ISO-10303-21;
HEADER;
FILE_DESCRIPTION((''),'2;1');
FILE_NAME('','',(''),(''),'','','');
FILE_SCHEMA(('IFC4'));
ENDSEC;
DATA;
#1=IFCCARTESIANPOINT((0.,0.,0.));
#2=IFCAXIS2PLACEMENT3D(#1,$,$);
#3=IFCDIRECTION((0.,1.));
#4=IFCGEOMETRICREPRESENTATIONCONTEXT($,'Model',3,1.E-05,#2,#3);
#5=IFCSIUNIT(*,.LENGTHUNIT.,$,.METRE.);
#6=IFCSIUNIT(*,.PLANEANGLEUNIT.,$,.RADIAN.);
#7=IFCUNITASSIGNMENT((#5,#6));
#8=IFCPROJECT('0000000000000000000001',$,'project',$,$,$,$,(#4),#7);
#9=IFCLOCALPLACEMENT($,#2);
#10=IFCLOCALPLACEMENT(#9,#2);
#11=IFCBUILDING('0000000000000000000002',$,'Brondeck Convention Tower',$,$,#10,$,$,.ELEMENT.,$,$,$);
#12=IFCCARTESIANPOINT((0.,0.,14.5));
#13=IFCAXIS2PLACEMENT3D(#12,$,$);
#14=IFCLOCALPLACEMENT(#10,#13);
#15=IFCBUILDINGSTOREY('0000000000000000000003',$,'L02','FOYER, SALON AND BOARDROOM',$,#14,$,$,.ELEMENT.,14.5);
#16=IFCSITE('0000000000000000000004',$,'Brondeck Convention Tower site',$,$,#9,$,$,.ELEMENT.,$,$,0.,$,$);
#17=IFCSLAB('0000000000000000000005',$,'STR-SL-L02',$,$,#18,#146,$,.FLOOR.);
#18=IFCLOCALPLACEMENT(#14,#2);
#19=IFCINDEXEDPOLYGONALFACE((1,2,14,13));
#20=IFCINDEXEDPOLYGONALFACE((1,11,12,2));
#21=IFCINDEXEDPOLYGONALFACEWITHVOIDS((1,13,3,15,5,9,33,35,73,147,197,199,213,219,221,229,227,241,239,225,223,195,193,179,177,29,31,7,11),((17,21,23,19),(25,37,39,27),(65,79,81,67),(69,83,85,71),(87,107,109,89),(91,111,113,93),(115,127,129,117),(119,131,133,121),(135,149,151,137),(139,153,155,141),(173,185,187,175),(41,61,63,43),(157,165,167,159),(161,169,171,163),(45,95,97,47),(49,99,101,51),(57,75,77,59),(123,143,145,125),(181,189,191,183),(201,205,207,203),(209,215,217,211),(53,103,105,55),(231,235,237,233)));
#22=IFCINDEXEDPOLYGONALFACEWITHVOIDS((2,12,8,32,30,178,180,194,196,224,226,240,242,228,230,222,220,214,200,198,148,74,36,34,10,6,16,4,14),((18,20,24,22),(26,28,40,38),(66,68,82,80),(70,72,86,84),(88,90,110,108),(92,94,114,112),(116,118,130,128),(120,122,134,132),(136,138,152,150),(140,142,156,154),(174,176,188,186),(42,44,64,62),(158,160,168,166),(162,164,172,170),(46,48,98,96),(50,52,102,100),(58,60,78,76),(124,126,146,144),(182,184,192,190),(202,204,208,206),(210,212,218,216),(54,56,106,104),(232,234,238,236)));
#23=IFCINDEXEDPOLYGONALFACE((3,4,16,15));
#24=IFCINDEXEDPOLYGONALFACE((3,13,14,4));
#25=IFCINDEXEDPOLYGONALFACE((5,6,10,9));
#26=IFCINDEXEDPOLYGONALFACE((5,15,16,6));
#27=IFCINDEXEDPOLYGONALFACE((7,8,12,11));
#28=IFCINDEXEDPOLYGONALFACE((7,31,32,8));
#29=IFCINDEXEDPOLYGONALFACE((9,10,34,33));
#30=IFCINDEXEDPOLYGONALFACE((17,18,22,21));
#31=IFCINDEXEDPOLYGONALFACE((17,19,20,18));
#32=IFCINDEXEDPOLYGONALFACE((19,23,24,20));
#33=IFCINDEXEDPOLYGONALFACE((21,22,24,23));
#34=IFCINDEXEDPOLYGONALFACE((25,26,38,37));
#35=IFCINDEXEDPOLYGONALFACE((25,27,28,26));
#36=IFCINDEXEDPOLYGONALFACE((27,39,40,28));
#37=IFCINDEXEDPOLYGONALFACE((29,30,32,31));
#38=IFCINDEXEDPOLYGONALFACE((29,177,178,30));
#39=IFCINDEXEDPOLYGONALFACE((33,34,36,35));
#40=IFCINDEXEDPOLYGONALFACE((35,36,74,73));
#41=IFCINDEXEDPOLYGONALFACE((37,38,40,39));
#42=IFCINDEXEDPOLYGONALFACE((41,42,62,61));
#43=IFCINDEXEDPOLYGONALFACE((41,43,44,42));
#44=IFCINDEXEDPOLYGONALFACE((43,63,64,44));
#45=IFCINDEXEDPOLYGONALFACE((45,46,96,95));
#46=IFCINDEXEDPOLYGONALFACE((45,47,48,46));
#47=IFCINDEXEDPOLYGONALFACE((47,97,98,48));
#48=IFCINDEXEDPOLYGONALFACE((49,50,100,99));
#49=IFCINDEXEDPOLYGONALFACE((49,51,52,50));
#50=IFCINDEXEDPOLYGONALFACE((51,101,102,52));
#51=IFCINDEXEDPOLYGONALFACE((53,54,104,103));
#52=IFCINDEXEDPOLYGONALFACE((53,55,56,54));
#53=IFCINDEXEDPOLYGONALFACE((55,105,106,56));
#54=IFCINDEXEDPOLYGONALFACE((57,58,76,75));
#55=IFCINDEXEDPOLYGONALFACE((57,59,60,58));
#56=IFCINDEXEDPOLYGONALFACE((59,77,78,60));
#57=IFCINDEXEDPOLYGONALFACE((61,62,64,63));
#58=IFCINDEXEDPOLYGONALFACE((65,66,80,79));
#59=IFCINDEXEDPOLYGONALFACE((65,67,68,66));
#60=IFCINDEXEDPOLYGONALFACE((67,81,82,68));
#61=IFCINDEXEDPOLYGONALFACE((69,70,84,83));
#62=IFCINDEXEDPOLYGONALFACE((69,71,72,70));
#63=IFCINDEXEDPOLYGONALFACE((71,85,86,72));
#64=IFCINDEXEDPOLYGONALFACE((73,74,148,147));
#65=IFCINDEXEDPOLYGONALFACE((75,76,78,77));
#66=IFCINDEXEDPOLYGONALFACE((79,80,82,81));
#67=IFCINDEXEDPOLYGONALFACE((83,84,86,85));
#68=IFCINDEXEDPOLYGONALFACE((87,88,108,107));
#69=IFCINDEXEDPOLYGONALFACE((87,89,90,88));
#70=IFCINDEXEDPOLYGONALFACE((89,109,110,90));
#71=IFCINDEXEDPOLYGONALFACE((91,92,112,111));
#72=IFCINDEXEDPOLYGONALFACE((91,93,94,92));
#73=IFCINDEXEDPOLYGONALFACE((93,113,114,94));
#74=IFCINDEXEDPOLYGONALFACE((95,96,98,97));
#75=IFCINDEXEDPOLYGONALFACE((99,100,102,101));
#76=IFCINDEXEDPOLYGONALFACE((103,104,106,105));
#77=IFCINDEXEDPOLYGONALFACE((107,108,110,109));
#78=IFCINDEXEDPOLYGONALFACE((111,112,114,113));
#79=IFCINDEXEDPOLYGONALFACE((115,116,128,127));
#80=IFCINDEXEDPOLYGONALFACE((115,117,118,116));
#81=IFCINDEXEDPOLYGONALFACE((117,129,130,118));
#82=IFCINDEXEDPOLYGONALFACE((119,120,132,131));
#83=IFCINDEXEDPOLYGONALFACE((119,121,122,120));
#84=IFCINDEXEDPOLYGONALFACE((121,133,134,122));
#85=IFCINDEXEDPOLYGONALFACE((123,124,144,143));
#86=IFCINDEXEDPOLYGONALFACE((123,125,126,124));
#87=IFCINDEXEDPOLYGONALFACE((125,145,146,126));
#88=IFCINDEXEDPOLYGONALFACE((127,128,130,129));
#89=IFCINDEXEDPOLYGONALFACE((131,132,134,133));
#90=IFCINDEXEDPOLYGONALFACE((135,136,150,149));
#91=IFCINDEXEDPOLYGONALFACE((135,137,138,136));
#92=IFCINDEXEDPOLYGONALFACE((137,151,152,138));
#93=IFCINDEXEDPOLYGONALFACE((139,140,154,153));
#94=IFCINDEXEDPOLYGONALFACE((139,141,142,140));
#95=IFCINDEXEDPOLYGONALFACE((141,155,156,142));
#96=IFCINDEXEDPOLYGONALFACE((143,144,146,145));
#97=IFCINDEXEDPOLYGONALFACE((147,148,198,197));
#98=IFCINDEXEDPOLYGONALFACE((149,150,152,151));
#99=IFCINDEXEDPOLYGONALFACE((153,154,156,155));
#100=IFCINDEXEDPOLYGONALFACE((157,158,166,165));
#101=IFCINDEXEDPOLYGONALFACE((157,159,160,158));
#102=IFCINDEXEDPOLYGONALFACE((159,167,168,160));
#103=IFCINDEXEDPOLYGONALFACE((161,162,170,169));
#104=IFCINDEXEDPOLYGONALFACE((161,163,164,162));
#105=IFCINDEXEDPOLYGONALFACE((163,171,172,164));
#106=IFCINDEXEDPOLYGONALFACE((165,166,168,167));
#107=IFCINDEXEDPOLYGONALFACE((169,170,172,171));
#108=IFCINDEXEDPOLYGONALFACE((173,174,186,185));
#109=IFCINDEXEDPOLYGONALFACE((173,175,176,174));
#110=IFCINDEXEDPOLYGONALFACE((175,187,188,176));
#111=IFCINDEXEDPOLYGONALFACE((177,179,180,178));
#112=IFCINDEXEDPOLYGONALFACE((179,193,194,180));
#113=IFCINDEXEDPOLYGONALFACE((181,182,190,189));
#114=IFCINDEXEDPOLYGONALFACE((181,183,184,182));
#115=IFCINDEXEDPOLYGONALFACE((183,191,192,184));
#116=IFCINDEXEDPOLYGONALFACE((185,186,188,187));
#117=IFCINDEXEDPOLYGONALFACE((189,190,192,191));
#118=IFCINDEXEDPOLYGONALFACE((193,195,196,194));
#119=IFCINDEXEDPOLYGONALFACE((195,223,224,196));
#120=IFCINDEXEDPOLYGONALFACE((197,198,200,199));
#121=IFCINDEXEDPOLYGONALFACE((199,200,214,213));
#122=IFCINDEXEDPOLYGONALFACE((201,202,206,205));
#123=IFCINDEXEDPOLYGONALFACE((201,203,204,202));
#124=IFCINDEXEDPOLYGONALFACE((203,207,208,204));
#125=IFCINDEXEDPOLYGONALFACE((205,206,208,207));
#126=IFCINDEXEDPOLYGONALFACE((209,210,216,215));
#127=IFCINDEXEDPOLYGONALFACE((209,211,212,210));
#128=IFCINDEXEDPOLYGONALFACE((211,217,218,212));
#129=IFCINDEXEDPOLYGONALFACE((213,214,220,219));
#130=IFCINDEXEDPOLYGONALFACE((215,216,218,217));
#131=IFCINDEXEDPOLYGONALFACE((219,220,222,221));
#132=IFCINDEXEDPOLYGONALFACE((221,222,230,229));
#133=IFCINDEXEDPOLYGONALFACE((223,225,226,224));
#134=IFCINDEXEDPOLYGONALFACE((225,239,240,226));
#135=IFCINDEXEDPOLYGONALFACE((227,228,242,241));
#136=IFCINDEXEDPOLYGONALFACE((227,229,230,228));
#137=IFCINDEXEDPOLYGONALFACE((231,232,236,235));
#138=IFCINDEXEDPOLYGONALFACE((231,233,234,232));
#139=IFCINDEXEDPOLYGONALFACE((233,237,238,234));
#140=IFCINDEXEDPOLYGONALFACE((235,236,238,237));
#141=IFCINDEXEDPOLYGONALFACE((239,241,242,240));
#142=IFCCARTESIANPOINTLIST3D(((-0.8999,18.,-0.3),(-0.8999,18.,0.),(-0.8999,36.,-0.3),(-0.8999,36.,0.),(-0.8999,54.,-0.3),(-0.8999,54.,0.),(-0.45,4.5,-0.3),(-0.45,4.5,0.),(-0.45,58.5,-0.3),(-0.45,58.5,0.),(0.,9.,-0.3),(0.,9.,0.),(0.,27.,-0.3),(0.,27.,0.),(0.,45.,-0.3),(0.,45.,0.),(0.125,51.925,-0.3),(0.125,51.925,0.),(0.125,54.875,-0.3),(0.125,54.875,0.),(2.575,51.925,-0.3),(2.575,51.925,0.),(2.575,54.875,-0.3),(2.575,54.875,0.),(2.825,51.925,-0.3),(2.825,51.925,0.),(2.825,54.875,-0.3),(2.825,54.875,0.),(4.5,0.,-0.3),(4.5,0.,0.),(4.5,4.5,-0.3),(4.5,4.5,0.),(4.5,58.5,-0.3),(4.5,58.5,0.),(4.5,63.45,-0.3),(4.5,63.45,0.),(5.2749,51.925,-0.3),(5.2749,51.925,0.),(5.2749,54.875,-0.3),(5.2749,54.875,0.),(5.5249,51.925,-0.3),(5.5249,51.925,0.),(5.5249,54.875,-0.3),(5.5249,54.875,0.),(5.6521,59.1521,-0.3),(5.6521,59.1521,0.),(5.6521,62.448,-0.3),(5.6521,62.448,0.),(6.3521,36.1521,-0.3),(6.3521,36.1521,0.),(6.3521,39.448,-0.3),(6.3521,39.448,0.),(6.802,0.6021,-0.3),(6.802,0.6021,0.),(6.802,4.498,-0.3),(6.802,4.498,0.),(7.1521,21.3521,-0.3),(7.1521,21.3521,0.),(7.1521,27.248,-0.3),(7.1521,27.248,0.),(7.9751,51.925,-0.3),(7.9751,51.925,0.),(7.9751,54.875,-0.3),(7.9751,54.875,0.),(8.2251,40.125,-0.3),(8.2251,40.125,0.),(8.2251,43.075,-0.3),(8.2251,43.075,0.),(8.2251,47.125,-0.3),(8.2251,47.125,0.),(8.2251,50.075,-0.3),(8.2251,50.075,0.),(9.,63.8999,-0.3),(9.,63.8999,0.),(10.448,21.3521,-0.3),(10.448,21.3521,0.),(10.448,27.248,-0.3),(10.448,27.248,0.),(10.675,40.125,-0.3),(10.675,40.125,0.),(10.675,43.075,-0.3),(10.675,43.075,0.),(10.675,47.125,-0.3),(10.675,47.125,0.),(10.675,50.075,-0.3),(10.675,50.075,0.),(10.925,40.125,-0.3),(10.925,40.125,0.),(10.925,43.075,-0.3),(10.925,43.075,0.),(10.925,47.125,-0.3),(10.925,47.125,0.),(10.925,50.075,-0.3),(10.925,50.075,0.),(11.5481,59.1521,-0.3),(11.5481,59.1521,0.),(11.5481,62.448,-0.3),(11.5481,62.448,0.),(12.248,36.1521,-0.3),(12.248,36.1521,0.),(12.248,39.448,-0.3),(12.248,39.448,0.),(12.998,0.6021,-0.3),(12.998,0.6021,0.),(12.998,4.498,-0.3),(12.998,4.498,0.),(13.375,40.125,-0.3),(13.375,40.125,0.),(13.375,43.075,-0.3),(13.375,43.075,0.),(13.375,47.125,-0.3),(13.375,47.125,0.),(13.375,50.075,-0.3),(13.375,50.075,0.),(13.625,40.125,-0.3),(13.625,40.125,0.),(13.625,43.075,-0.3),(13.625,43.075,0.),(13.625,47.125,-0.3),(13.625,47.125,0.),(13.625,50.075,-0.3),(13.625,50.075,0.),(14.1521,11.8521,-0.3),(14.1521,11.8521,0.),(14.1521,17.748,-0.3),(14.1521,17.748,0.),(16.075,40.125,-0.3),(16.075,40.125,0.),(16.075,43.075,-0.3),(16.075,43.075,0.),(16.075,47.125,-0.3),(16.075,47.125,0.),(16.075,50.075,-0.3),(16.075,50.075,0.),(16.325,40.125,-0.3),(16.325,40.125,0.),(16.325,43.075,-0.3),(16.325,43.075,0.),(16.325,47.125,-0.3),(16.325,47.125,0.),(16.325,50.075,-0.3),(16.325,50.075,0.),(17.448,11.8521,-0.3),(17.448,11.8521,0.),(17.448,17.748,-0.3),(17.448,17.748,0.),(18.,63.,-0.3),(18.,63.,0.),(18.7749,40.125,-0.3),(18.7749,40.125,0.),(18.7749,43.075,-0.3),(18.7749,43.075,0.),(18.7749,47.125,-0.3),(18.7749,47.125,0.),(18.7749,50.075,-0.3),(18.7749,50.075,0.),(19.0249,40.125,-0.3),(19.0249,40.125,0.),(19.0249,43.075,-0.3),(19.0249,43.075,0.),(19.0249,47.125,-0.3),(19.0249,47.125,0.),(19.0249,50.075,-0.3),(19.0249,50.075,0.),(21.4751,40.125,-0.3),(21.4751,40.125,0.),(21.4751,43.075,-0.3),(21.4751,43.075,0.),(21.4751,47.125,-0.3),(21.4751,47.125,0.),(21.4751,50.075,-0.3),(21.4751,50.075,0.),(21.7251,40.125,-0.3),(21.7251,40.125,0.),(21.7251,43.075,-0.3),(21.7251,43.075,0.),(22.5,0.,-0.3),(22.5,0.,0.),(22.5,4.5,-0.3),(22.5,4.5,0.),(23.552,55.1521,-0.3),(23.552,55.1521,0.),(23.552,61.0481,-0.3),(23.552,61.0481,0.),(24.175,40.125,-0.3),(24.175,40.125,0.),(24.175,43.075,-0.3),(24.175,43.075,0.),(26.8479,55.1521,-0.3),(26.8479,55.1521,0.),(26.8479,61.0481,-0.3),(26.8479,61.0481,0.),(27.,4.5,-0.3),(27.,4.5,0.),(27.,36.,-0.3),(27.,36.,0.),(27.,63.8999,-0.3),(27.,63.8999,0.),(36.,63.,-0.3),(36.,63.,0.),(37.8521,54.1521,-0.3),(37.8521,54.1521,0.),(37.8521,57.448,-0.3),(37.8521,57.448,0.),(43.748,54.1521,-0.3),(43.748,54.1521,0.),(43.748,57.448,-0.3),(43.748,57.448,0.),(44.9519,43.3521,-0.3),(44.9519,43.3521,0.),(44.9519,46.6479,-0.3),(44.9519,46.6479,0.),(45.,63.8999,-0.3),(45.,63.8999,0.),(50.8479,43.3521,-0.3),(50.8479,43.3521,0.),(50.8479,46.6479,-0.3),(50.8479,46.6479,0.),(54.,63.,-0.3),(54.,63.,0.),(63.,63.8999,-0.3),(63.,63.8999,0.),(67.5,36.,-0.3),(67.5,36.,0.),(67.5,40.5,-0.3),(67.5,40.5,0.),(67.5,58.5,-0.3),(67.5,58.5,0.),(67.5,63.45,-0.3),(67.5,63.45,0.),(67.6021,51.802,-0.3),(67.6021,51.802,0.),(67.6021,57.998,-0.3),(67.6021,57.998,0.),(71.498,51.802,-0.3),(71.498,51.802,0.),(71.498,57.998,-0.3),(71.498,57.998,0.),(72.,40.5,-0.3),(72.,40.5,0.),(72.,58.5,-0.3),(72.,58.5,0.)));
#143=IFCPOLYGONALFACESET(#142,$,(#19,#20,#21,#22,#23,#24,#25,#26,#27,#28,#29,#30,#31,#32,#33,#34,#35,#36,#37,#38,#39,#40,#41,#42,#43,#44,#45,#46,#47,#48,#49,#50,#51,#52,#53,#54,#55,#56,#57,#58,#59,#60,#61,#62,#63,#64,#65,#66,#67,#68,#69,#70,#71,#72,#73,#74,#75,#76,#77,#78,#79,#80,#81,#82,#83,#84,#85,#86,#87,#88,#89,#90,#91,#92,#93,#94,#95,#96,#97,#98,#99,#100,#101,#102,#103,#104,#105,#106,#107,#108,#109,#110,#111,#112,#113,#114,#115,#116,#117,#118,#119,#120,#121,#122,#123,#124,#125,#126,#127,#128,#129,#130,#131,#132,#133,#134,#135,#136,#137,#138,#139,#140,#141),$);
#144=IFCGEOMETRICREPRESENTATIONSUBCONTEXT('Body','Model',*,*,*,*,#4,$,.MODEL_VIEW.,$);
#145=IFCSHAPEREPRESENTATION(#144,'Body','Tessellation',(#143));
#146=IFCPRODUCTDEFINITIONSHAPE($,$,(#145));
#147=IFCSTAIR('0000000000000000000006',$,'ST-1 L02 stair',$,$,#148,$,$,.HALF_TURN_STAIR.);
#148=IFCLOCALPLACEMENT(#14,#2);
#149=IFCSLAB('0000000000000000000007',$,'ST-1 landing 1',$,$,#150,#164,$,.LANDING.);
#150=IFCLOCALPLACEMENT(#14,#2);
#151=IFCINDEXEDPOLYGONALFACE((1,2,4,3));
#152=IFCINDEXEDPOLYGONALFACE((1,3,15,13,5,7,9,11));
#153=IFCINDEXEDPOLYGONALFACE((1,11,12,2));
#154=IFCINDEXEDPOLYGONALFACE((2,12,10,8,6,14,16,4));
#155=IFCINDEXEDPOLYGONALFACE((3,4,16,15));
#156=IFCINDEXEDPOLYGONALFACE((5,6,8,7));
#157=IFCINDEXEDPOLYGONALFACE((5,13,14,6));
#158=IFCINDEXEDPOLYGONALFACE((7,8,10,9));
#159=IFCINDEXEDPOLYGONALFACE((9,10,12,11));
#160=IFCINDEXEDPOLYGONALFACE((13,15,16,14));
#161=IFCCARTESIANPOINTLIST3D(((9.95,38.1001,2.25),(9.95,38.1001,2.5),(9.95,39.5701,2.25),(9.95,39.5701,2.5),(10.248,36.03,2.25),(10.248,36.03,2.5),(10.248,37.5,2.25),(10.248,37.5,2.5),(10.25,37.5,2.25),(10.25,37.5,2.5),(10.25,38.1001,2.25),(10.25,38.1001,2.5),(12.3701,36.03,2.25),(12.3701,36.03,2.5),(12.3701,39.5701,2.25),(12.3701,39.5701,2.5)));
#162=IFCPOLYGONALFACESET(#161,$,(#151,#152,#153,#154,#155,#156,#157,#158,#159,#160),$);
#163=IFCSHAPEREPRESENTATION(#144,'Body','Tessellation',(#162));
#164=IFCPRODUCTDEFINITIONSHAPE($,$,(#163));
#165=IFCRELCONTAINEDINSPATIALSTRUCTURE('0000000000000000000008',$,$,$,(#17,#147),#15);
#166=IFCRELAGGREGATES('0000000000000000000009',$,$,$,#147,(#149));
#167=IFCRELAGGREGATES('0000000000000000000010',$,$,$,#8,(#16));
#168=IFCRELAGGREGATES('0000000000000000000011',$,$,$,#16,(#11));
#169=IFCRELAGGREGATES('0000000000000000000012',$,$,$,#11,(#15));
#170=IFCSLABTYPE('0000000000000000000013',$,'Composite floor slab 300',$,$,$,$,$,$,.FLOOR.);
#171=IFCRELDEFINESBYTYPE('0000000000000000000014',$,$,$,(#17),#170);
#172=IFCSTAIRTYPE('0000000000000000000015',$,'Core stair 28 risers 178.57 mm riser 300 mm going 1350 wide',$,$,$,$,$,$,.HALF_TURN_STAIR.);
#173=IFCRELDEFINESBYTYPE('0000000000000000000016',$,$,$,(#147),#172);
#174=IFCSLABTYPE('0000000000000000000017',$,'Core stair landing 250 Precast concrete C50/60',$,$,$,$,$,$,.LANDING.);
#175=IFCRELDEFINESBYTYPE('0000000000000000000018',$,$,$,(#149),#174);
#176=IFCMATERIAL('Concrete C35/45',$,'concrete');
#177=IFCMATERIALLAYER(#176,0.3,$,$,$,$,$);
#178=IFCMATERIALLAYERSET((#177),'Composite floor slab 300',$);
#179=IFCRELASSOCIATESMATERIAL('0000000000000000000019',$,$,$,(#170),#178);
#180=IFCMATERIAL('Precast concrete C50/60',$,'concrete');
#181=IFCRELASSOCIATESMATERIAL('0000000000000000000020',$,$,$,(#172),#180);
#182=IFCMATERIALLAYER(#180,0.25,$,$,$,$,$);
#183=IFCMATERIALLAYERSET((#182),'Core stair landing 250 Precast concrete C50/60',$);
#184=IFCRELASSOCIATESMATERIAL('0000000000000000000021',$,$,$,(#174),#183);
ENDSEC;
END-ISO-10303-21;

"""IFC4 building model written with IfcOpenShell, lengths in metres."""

from ifc_helpers import new_model, si_unit, direction, frame, origin, place, context, subcontext, project, spatial, polyline, outline, extrude, material, layer, layer_set, type_object, element, aggregate, save


model = new_model("IFC4")

# Units and contexts
model_context = context("Model", 3, precision=1e-05, world=origin(), true_north=direction((0.0, 1.0)))
body_context = subcontext(model_context, "Body", "Model", "MODEL_VIEW")
ifc_project = project(units=[si_unit("LENGTHUNIT", "METRE"), si_unit("PLANEANGLEUNIT", "RADIAN")], contexts=[model_context])

# Site, building, storey
site_placement = place(None, origin())
site = spatial("IfcSite", under=ifc_project, at=site_placement, Name="Brondeck Convention Tower site", CompositionType="ELEMENT", RefElevation=0.0)
building_placement = place(site_placement, origin())
building = spatial("IfcBuilding", under=site, at=building_placement, Name="Brondeck Convention Tower", CompositionType="ELEMENT")
storey_placement = place(building_placement, frame((0.0, 0.0, 14.5)))
storey = spatial("IfcBuildingStorey", under=building, at=storey_placement, Name="L02", Description="FOYER, SALON AND BOARDROOM", CompositionType="ELEMENT", Elevation=14.5)

# Slab
ifc_material_1 = material(Name="Concrete C35/45", Category="concrete")
ifc_layer_1 = layer(ifc_material_1, 0.3)
ifc_layer_set_1 = layer_set([ifc_layer_1], Name="Composite floor slab 300")
slab_type_1 = type_object("IfcSlabType", Name="Composite floor slab 300", PredefinedType="FLOOR", material=ifc_layer_set_1)
slab_1_placement = place(storey_placement, frame((0.0, 0.0, -0.3)))
element("IfcSlab", 1, at=slab_1_placement, inside=storey, type_object=slab_type_1, Name="STR-SL-L02", PredefinedType="FLOOR", context=body_context, shape_type="SweptSolid", body=[
    extrude(outline(polyline([(4.5, 4.5), (-0.45, 4.5), (0.0, 9.0), (-0.8999, 18.0), (0.0, 27.0), (-0.8999, 36.0), (0.0, 45.0), (-0.8999, 54.0), (-0.45, 58.5), (4.5, 58.5), (4.5, 63.45), (9.0, 63.8999), (18.0, 63.0), (27.0, 63.8999), (36.0, 63.0), (45.0, 63.8999), (54.0, 63.0), (63.0, 63.8999), (67.5, 63.45), (67.5, 58.5), (72.0, 58.5), (72.0, 40.5), (67.5, 40.5), (67.5, 36.0), (27.0, 36.0), (27.0, 4.5), (22.5, 4.5), (22.5, 0.0), (4.5, 0.0), (4.5, 4.5)]), holes=[polyline([(12.998, 0.6021), (12.998, 4.498), (6.802, 4.498), (6.802, 0.6021), (12.998, 0.6021)]), polyline([(10.448, 27.248), (7.1521, 27.248), (7.1521, 21.3521), (10.448, 21.3521), (10.448, 27.248)]), polyline([(12.248, 36.1521), (12.248, 39.448), (6.3521, 39.448), (6.3521, 36.1521), (12.248, 36.1521)]), polyline([(8.2251, 40.125), (10.675, 40.125), (10.675, 43.075), (8.2251, 43.075), (8.2251, 40.125)]), polyline([(10.925, 40.125), (13.375, 40.125), (13.375, 43.075), (10.925, 43.075), (10.925, 40.125)]), polyline([(10.675, 47.125), (10.675, 50.075), (8.2251, 50.075), (8.2251, 47.125), (10.675, 47.125)]), polyline([(10.925, 47.125), (13.375, 47.125), (13.375, 50.075), (10.925, 50.075), (10.925, 47.125)]), polyline([(13.625, 47.125), (16.075, 47.125), (16.075, 50.075), (13.625, 50.075), (13.625, 47.125)]), polyline([(2.575, 51.925), (2.575, 54.875), (0.125, 54.875), (0.125, 51.925), (2.575, 51.925)]), polyline([(2.825, 51.925), (5.2749, 51.925), (5.2749, 54.875), (2.825, 54.875), (2.825, 51.925)]), polyline([(5.5249, 51.925), (7.9751, 51.925), (7.9751, 54.875), (5.5249, 54.875), (5.5249, 51.925)]), polyline([(5.6521, 62.448), (5.6521, 59.1521), (11.5481, 59.1521), (11.5481, 62.448), (5.6521, 62.448)]), polyline([(17.448, 11.8521), (17.448, 17.748), (14.1521, 17.748), (14.1521, 11.8521), (17.448, 11.8521)]), polyline([(13.625, 40.125), (16.075, 40.125), (16.075, 43.075), (13.625, 43.075), (13.625, 40.125)]), polyline([(18.7749, 40.125), (18.7749, 43.075), (16.325, 43.075), (16.325, 40.125), (18.7749, 40.125)]), polyline([(19.0249, 40.125), (21.4751, 40.125), (21.4751, 43.075), (19.0249, 43.075), (19.0249, 40.125)]), polyline([(21.7251, 40.125), (24.175, 40.125), (24.175, 43.075), (21.7251, 43.075), (21.7251, 40.125)]), polyline([(50.8479, 43.3521), (50.8479, 46.6479), (44.9519, 46.6479), (44.9519, 43.3521), (50.8479, 43.3521)]), polyline([(16.325, 47.125), (18.7749, 47.125), (18.7749, 50.075), (16.325, 50.075), (16.325, 47.125)]), polyline([(19.0249, 47.125), (21.4751, 47.125), (21.4751, 50.075), (19.0249, 50.075), (19.0249, 47.125)]), polyline([(71.498, 57.998), (67.6021, 57.998), (67.6021, 51.802), (71.498, 51.802), (71.498, 57.998)]), polyline([(37.8521, 54.1521), (43.748, 54.1521), (43.748, 57.448), (37.8521, 57.448), (37.8521, 54.1521)]), polyline([(23.552, 61.0481), (23.552, 55.1521), (26.8479, 55.1521), (26.8479, 61.0481), (23.552, 61.0481)])]), origin(), (0.0, 0.0, 1.0), 0.3),
])

# Stair, slab
ifc_material_2 = material(Name="Precast concrete C50/60", Category="concrete")
stair_type_1 = type_object("IfcStairType", Name="Core stair 28 risers 178.57 mm riser 300 mm going 1350 wide", PredefinedType="HALF_TURN_STAIR", material=ifc_material_2)
stair_1_placement = place(storey_placement, origin())
stair_1 = element("IfcStair", 2, at=stair_1_placement, inside=storey, type_object=stair_type_1, Name="ST-1 L02 stair", PredefinedType="HALF_TURN_STAIR")
ifc_layer_2 = layer(ifc_material_2, 0.25)
ifc_layer_set_2 = layer_set([ifc_layer_2], Name="Core stair landing 250 Precast concrete C50/60")
slab_type_2 = type_object("IfcSlabType", Name="Core stair landing 250 Precast concrete C50/60", PredefinedType="LANDING", material=ifc_layer_set_2)
slab_2_placement = place(storey_placement, frame((0.0, 0.0, 2.25)))
slab_2 = element("IfcSlab", 3, at=slab_2_placement, type_object=slab_type_2, Name="ST-1 landing 1", PredefinedType="LANDING", context=body_context, shape_type="SweptSolid", body=[
    extrude(outline(polyline([(10.248, 37.5), (10.25, 37.5), (10.25, 38.1001), (9.95, 38.1001), (9.95, 39.5701), (12.3701, 39.5701), (12.3701, 36.03), (10.248, 36.03), (10.248, 37.5)])), origin(), (0.0, 0.0, 1.0), 0.25),
])
aggregate(stair_1, [slab_2])

save(model, "model.ifc")
